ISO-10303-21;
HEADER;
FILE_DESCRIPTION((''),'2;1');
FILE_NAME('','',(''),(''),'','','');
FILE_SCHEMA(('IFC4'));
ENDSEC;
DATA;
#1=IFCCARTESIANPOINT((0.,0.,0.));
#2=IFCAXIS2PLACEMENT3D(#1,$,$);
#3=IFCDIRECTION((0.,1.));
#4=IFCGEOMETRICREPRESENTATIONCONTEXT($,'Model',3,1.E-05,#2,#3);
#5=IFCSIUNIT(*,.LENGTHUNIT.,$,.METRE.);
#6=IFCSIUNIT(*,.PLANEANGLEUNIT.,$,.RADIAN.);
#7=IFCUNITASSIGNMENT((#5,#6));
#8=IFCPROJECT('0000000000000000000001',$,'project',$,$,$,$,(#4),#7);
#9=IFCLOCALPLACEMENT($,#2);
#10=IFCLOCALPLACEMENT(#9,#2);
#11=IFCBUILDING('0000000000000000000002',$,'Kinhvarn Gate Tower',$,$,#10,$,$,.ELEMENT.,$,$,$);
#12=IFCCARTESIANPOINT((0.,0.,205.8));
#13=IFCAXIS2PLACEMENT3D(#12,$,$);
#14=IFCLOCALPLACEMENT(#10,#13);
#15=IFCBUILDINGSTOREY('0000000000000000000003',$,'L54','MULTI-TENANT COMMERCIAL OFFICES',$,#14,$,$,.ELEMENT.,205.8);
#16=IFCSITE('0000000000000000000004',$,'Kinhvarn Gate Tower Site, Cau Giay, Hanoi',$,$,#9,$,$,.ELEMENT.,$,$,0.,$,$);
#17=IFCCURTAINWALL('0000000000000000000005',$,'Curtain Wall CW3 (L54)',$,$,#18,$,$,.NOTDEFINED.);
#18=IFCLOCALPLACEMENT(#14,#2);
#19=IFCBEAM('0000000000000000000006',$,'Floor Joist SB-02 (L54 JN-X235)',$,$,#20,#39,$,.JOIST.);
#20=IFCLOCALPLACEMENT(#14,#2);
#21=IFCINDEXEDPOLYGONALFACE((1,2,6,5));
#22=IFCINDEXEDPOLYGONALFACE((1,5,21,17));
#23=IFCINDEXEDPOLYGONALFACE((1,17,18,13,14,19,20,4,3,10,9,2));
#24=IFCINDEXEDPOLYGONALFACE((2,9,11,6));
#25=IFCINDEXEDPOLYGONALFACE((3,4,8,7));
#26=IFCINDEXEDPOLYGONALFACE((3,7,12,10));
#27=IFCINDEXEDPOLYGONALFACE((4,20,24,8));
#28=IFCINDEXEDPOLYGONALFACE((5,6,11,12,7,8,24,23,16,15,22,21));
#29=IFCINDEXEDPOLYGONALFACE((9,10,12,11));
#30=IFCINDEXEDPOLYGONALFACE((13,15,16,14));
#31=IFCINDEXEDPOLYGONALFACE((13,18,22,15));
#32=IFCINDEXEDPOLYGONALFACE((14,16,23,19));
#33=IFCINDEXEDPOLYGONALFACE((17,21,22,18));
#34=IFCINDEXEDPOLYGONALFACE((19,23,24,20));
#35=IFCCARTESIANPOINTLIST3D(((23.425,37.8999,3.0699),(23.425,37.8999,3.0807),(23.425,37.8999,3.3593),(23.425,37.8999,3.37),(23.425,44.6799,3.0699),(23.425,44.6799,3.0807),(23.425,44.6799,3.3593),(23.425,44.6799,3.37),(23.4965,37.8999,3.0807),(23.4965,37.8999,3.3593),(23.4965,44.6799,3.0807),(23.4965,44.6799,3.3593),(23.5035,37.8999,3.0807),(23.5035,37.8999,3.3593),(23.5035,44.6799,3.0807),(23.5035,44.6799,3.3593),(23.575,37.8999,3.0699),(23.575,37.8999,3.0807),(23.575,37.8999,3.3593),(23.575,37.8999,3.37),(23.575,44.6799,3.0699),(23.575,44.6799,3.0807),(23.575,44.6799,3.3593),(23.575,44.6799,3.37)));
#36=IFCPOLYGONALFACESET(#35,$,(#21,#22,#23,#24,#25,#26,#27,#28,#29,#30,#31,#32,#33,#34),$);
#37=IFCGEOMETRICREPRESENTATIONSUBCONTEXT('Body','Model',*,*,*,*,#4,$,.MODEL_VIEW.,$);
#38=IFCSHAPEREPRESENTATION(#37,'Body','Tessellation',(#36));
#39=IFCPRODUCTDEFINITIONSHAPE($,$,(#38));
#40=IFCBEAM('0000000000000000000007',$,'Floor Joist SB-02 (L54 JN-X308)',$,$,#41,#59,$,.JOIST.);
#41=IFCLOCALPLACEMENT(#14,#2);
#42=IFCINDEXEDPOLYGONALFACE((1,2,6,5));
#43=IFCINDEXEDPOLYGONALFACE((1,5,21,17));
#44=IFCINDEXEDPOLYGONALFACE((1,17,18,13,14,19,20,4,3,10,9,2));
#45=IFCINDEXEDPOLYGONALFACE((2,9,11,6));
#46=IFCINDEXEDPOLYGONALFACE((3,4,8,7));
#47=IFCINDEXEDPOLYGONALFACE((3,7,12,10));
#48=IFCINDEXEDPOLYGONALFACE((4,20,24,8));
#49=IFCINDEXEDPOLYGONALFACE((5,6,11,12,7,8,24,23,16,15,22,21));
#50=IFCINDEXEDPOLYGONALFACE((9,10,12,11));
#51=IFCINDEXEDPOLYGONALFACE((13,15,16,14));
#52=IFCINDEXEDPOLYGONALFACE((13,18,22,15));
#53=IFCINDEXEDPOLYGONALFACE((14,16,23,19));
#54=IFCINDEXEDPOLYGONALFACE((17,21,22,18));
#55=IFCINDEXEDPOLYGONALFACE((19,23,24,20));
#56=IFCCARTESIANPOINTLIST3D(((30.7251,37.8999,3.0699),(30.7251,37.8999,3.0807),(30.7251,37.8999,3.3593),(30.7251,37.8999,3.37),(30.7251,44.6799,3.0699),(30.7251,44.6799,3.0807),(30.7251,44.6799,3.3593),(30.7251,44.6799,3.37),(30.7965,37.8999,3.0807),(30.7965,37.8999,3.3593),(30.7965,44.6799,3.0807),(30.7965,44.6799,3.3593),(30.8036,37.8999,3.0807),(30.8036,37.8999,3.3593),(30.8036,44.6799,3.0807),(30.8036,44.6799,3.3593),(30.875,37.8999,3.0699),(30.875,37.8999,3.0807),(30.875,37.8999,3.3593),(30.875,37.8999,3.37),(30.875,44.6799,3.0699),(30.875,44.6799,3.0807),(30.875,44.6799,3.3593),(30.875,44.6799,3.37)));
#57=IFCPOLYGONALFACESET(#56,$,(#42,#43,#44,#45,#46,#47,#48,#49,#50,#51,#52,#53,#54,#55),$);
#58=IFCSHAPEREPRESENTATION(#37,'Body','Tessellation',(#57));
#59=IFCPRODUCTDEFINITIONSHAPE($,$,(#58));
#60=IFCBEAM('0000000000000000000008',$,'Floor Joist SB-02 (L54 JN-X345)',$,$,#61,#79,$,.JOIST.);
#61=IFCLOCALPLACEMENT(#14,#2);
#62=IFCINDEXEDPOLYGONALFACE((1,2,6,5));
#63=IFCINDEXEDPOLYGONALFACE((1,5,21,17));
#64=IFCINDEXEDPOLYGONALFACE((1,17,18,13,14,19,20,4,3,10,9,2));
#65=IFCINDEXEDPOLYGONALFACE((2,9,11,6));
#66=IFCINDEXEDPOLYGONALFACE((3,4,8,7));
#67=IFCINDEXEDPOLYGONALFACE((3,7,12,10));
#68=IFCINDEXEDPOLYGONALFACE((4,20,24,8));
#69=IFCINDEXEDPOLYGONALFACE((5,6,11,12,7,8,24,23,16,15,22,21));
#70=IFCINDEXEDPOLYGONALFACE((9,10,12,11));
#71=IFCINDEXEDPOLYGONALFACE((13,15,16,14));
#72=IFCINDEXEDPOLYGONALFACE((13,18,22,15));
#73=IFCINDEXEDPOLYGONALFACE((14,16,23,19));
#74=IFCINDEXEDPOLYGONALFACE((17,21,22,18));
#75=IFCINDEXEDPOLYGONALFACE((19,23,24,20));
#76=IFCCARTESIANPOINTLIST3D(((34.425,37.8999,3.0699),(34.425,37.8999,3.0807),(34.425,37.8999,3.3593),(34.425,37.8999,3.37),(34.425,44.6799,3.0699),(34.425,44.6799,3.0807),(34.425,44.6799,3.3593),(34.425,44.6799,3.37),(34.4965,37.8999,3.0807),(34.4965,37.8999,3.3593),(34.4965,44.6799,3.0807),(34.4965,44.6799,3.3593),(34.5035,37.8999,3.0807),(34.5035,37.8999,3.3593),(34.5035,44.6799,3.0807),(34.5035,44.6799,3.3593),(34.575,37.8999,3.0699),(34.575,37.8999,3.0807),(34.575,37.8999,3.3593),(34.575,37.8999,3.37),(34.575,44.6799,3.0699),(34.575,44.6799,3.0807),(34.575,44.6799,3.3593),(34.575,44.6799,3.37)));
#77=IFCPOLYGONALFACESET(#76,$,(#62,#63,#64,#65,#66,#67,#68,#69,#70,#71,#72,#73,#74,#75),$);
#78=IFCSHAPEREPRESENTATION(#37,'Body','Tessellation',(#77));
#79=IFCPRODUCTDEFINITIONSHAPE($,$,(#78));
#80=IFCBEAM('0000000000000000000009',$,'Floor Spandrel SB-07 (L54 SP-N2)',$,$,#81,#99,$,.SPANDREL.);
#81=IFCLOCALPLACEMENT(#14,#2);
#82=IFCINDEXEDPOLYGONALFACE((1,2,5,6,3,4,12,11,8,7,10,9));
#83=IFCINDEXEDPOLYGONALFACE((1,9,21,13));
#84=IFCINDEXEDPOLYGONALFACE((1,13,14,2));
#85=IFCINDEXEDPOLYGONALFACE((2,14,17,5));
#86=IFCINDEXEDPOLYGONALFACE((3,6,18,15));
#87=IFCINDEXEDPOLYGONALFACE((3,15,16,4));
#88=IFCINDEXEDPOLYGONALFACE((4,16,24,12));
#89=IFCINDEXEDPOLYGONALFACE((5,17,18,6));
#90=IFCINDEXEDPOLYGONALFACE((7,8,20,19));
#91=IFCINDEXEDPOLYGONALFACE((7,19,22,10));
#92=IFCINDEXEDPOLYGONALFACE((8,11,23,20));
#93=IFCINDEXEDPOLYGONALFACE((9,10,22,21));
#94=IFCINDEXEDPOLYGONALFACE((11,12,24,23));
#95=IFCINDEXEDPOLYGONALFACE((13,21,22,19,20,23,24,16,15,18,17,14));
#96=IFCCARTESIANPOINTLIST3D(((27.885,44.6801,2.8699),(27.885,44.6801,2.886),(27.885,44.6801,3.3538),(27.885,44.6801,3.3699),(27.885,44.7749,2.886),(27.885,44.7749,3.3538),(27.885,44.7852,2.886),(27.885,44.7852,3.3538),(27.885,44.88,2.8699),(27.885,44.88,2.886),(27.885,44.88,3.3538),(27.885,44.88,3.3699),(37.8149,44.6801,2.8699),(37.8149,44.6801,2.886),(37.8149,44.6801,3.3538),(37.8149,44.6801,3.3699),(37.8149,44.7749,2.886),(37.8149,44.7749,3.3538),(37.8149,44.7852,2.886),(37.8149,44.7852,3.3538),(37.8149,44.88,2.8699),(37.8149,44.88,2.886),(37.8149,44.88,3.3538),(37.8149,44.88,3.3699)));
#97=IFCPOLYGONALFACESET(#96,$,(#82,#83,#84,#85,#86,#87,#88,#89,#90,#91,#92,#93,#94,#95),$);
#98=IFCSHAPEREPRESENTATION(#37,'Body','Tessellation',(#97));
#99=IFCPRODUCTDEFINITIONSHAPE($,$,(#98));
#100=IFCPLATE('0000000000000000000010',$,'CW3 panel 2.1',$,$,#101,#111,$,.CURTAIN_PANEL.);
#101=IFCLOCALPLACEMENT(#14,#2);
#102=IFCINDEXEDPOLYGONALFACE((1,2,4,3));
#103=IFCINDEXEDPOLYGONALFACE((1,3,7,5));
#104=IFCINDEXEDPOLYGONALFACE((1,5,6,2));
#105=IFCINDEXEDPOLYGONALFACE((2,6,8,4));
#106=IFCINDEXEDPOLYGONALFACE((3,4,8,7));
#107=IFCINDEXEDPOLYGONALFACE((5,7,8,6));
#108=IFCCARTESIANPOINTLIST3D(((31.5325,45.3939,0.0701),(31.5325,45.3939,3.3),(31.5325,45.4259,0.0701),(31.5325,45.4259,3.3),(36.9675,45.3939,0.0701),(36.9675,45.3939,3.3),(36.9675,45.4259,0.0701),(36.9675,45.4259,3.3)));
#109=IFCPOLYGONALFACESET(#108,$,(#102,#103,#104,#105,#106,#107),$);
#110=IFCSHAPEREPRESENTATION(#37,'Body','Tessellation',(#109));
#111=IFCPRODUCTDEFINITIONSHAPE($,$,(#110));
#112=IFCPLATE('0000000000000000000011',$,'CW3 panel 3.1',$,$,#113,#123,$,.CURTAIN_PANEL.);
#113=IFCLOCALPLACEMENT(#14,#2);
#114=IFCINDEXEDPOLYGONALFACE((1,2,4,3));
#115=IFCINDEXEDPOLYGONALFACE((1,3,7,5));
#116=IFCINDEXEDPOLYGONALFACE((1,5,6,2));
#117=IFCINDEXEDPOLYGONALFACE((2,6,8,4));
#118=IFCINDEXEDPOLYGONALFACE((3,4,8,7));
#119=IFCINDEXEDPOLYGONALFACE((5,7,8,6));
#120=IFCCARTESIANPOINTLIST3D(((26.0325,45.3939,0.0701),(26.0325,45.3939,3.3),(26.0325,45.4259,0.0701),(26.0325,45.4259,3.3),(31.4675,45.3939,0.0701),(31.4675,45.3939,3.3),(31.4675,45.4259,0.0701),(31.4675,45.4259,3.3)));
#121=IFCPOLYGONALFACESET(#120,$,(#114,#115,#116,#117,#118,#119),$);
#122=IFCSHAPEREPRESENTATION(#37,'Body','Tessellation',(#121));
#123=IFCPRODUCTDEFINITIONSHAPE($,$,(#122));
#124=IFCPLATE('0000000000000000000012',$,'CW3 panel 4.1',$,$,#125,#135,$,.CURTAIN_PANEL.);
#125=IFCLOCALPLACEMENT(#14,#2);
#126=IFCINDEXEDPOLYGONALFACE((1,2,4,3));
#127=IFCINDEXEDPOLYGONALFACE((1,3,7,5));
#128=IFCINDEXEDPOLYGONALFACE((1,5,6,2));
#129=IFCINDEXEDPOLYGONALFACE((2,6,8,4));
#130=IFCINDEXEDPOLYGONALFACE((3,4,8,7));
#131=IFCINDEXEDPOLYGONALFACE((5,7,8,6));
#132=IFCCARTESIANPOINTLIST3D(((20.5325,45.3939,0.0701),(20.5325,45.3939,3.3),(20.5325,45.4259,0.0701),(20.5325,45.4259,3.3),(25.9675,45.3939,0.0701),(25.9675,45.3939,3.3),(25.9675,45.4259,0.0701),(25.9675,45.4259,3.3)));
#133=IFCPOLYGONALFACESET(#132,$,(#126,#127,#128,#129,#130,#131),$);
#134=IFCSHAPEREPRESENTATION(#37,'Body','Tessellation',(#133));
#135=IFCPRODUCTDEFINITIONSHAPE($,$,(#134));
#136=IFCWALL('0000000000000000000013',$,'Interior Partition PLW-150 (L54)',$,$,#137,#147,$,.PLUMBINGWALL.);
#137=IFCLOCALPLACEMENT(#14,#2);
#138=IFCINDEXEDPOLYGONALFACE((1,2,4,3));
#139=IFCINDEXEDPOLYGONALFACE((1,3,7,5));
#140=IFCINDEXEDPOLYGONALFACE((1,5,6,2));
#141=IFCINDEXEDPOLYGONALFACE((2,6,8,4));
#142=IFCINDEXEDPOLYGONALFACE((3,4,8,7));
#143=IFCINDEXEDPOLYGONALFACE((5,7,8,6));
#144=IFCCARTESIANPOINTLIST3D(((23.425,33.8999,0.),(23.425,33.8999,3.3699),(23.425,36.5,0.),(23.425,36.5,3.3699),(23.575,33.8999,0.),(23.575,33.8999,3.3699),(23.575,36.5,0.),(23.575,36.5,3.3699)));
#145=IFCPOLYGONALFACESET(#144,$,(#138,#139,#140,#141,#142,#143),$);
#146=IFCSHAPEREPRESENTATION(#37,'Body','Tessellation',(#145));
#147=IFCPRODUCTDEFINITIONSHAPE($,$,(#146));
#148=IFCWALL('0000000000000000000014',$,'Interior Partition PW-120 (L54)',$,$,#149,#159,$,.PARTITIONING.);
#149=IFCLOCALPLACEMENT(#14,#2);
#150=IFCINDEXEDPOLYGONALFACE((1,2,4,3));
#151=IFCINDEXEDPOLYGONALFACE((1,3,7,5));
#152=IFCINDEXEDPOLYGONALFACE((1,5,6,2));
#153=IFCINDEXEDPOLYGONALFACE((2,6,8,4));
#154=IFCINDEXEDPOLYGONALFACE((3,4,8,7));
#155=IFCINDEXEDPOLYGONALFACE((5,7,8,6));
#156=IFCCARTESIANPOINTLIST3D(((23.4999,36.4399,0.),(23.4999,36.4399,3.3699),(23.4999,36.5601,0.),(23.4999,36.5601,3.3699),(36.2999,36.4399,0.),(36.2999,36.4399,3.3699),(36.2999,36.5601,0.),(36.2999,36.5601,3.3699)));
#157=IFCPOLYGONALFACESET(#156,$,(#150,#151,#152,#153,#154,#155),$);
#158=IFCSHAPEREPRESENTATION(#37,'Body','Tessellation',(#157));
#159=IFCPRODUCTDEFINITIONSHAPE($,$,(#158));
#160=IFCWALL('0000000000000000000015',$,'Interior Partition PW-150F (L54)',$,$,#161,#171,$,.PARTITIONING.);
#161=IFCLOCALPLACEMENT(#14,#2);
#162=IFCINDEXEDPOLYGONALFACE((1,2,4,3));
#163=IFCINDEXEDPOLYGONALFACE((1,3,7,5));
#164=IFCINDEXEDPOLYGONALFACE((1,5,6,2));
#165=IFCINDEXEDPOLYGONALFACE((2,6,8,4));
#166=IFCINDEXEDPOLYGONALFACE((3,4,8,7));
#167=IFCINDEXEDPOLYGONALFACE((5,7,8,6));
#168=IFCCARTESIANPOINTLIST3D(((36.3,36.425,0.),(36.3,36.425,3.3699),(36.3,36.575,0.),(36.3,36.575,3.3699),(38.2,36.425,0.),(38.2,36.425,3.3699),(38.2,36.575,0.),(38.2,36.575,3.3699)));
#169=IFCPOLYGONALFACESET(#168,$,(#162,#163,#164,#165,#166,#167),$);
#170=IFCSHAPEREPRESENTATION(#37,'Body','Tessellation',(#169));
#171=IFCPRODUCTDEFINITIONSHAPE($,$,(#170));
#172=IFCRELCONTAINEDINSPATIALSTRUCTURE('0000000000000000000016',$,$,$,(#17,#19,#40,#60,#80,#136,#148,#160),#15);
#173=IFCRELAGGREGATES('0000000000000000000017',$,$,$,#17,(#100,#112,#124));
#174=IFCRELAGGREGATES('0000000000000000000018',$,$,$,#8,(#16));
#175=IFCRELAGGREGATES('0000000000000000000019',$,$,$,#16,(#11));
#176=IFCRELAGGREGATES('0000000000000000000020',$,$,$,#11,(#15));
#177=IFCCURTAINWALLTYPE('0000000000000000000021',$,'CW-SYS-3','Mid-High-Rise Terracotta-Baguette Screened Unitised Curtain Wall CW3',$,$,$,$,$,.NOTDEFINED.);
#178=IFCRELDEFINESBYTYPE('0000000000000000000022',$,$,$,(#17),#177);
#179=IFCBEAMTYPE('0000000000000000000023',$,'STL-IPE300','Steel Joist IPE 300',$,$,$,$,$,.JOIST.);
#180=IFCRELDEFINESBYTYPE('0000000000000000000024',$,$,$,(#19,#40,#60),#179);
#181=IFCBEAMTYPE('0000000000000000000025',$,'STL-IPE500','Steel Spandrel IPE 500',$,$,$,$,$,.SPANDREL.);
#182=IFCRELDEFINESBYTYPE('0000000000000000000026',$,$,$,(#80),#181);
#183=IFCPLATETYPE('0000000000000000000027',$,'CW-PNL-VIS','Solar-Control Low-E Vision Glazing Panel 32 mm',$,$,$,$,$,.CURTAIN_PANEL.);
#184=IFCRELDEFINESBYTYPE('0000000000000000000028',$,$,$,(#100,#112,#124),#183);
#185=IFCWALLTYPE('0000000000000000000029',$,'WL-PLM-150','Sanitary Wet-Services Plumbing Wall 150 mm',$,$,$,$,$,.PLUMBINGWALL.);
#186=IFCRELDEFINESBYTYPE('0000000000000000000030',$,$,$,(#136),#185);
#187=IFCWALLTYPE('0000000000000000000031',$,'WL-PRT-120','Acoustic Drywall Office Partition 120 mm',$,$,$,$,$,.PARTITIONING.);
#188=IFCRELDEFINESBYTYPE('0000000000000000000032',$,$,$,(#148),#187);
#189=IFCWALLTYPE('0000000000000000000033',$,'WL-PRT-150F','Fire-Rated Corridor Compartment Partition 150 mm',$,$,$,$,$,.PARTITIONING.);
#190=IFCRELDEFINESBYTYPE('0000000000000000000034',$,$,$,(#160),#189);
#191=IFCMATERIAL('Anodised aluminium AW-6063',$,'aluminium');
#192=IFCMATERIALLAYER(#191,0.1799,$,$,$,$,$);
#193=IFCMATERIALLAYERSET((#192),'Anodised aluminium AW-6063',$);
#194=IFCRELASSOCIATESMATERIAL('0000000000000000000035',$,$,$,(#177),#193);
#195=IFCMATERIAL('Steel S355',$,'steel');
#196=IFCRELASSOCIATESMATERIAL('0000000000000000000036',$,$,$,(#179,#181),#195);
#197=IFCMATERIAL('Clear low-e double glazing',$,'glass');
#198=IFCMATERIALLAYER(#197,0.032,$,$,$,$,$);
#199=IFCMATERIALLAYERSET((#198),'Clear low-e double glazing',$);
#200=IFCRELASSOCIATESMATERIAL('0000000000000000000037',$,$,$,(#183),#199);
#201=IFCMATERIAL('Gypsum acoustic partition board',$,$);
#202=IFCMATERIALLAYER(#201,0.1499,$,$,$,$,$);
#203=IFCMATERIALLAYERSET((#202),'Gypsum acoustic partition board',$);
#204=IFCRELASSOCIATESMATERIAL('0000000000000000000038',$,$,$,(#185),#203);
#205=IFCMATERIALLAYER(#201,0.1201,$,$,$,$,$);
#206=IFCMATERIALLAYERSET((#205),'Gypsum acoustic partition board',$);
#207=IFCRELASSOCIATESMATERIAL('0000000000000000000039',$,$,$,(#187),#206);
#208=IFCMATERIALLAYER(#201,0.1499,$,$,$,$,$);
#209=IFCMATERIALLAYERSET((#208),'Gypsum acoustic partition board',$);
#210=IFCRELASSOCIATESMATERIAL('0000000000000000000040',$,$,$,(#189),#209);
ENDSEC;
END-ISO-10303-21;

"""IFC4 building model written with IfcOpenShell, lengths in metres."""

from ifc_helpers import new_model, si_unit, direction, frame, frame_2d, origin, origin_2d, place, context, subcontext, project, spatial, rectangle, i_section, extrude, material, layer, layer_set, material_profile, profile_set, type_object, element, aggregate, save


model = new_model("IFC4")

# Units and contexts
model_context = context("Model", 3, precision=1e-05, world=origin(), true_north=direction((0.0, 1.0)))
body_context = subcontext(model_context, "Body", "Model", "MODEL_VIEW")
ifc_project = project(units=[si_unit("LENGTHUNIT", "METRE"), si_unit("PLANEANGLEUNIT", "RADIAN")], contexts=[model_context])

# Site, building, storey
site_placement = place(None, origin())
site = spatial("IfcSite", under=ifc_project, at=site_placement, Name="Kinhvarn Gate Tower Site, Cau Giay, Hanoi", CompositionType="ELEMENT", RefElevation=0.0)
building_placement = place(site_placement, origin())
building = spatial("IfcBuilding", under=site, at=building_placement, Name="Kinhvarn Gate Tower", CompositionType="ELEMENT")
storey_placement = place(building_placement, frame((0.0, 0.0, 205.8)))
storey = spatial("IfcBuildingStorey", under=building, at=storey_placement, Name="L54", Description="MULTI-TENANT COMMERCIAL OFFICES", CompositionType="ELEMENT", Elevation=205.8)

# Curtain wall
ifc_material_1 = material(Name="Anodised aluminium AW-6063", Category="aluminium")
ifc_layer_1 = layer(ifc_material_1, 0.1799)
ifc_layer_set_1 = layer_set([ifc_layer_1], Name="Anodised aluminium AW-6063")
curtain_wall_type = type_object("IfcCurtainWallType", Name="CW-SYS-3", Description="Mid-High-Rise Terracotta-Baguette Screened Unitised Curtain Wall CW3", PredefinedType="NOTDEFINED", material=ifc_layer_set_1)
curtain_wall_placement = place(storey_placement, origin())
curtain_wall = element("IfcCurtainWall", 1, at=curtain_wall_placement, inside=storey, type_object=curtain_wall_type, Name="Curtain Wall CW3 (L54)", PredefinedType="NOTDEFINED")

# Beams
ifc_material_2 = material(Name="Steel S355", Category="steel")
ifc_material_profile_1 = material_profile(ifc_material_2, i_section(OverallWidth=0.1499, OverallDepth=0.3, WebThickness=0.0071, FlangeThickness=0.0107, at=origin_2d()), Name="IPE 300")
ifc_profile_set_1 = profile_set([ifc_material_profile_1], Name="Steel S355")
beam_type_1 = type_object("IfcBeamType", Name="STL-IPE300", Description="Steel Joist IPE 300", PredefinedType="JOIST", material=ifc_profile_set_1)
for number, where, z_axis, x_axis, name in (
    (2, (23.5, 37.8999, 3.22), (0.0, 1.0, 0.0), (-1.0, 0.0, 0.0), "Floor Joist SB-02 (L54 JN-X235)"),
    (3, (30.8, 37.8999, 3.22), (0.0, 1.0, 0.0), (-1.0, 0.0, 0.0), "Floor Joist SB-02 (L54 JN-X308)"),
    (4, (34.5, 37.8999, 3.22), (0.0, 1.0, 0.0), (-1.0, 0.0, 0.0), "Floor Joist SB-02 (L54 JN-X345)"),
):
    element("IfcBeam", number, at=place(storey_placement, frame(where, z_axis=z_axis, x_axis=x_axis)), inside=storey, type_object=beam_type_1, Name=name, PredefinedType="JOIST", context=body_context, shape_type="SweptSolid", body=[
        extrude(i_section(OverallWidth=0.1499, OverallDepth=0.3, WebThickness=0.0071, FlangeThickness=0.0107, at=origin_2d()), origin(), (0.0, 0.0, 1.0), 6.78),
    ])
ifc_material_profile_2 = material_profile(ifc_material_2, i_section(OverallWidth=0.2, OverallDepth=0.5, WebThickness=0.0103, FlangeThickness=0.0161, at=origin_2d()), Name="IPE 500")
ifc_profile_set_2 = profile_set([ifc_material_profile_2], Name="Steel S355")
beam_type_2 = type_object("IfcBeamType", Name="STL-IPE500", Description="Steel Spandrel IPE 500", PredefinedType="SPANDREL", material=ifc_profile_set_2)
beam_1_placement = place(storey_placement, frame((27.885, 44.78, 3.1199), z_axis=(1.0, 0.0, 0.0), x_axis=(0.0, 1.0, 0.0)))
element("IfcBeam", 5, at=beam_1_placement, inside=storey, type_object=beam_type_2, Name="Floor Spandrel SB-07 (L54 SP-N2)", PredefinedType="SPANDREL", context=body_context, shape_type="SweptSolid", body=[
    extrude(i_section(OverallWidth=0.2, OverallDepth=0.5, WebThickness=0.0103, FlangeThickness=0.0161, at=origin_2d()), origin(), (0.0, 0.0, 1.0), 9.9299),
])

# Plates
ifc_material_3 = material(Name="Clear low-e double glazing", Category="glass")
ifc_layer_2 = layer(ifc_material_3, 0.032)
ifc_layer_set_2 = layer_set([ifc_layer_2], Name="Clear low-e double glazing")
plate_type = type_object("IfcPlateType", Name="CW-PNL-VIS", Description="Solar-Control Low-E Vision Glazing Panel 32 mm", PredefinedType="CURTAIN_PANEL", material=ifc_layer_set_2)
plate_1_placement = place(storey_placement, frame((34.25, 45.4099, 0.0701), z_axis=(0.0, 0.0, 1.0), x_axis=(-1.0, 0.0, 0.0)))
plate_1 = element("IfcPlate", 6, at=plate_1_placement, type_object=plate_type, Name="CW3 panel 2.1", PredefinedType="CURTAIN_PANEL", context=body_context, shape_type="SweptSolid", body=[
    extrude(rectangle(XDim=5.4351, YDim=0.032, at=origin_2d()), origin(), (0.0, 0.0, 1.0), 3.23),
])
plate_2_placement = place(storey_placement, frame((28.75, 45.4099, 0.0701), z_axis=(0.0, 0.0, 1.0), x_axis=(-1.0, 0.0, 0.0)))
plate_2 = element("IfcPlate", 7, at=plate_2_placement, type_object=plate_type, Name="CW3 panel 3.1", PredefinedType="CURTAIN_PANEL", context=body_context, shape_type="SweptSolid", body=[
    extrude(rectangle(XDim=5.4351, YDim=0.032, at=origin_2d()), origin(), (0.0, 0.0, 1.0), 3.23),
])
plate_3_placement = place(storey_placement, frame((23.25, 45.4099, 0.0701), z_axis=(0.0, 0.0, 1.0), x_axis=(-1.0, 0.0, 0.0)))
plate_3 = element("IfcPlate", 8, at=plate_3_placement, type_object=plate_type, Name="CW3 panel 4.1", PredefinedType="CURTAIN_PANEL", context=body_context, shape_type="SweptSolid", body=[
    extrude(rectangle(XDim=5.4351, YDim=0.032, at=origin_2d()), origin(), (0.0, 0.0, 1.0), 3.23),
])
aggregate(curtain_wall, [plate_1, plate_2, plate_3])

# Walls
ifc_material_4 = material(Name="Gypsum acoustic partition board")
ifc_layer_3 = layer(ifc_material_4, 0.1499)
ifc_layer_set_3 = layer_set([ifc_layer_3], Name="Gypsum acoustic partition board")
wall_type_1 = type_object("IfcWallType", Name="WL-PLM-150", Description="Sanitary Wet-Services Plumbing Wall 150 mm", PredefinedType="PLUMBINGWALL", material=ifc_layer_set_3)
wall_1_placement = place(storey_placement, frame((23.5, 33.8999, 0.0), z_axis=(0.0, 0.0, 1.0), x_axis=(0.0, 1.0, 0.0)))
element("IfcWall", 9, at=wall_1_placement, inside=storey, type_object=wall_type_1, Name="Interior Partition PLW-150 (L54)", PredefinedType="PLUMBINGWALL", context=body_context, shape_type="SweptSolid", body=[
    extrude(rectangle(XDim=2.6001, YDim=0.1499, at=frame_2d((1.3, 0.0))), origin(), (0.0, 0.0, 1.0), 3.3699),
])
ifc_layer_4 = layer(ifc_material_4, 0.1201)
ifc_layer_set_4 = layer_set([ifc_layer_4], Name="Gypsum acoustic partition board")
wall_type_2 = type_object("IfcWallType", Name="WL-PRT-120", Description="Acoustic Drywall Office Partition 120 mm", PredefinedType="PARTITIONING", material=ifc_layer_set_4)
wall_2_placement = place(storey_placement, frame((23.5, 36.5, 0.0), z_axis=(0.0, 0.0, 1.0), x_axis=(1.0, 0.0, 0.0)))
element("IfcWall", 10, at=wall_2_placement, inside=storey, type_object=wall_type_2, Name="Interior Partition PW-120 (L54)", PredefinedType="PARTITIONING", context=body_context, shape_type="SweptSolid", body=[
    extrude(rectangle(XDim=12.8, YDim=0.1201, at=frame_2d((6.3999, 0.0))), origin(), (0.0, 0.0, 1.0), 3.3699),
])
ifc_layer_5 = layer(ifc_material_4, 0.1499)
ifc_layer_set_5 = layer_set([ifc_layer_5], Name="Gypsum acoustic partition board")
wall_type_3 = type_object("IfcWallType", Name="WL-PRT-150F", Description="Fire-Rated Corridor Compartment Partition 150 mm", PredefinedType="PARTITIONING", material=ifc_layer_set_5)
wall_3_placement = place(storey_placement, frame((36.3, 36.5, 0.0), z_axis=(0.0, 0.0, 1.0), x_axis=(1.0, 0.0, 0.0)))
element("IfcWall", 11, at=wall_3_placement, inside=storey, type_object=wall_type_3, Name="Interior Partition PW-150F (L54)", PredefinedType="PARTITIONING", context=body_context, shape_type="SweptSolid", body=[
    extrude(rectangle(XDim=1.8999, YDim=0.1499, at=frame_2d((0.95, 0.0))), origin(), (0.0, 0.0, 1.0), 3.3699),
])

save(model, "model.ifc")
